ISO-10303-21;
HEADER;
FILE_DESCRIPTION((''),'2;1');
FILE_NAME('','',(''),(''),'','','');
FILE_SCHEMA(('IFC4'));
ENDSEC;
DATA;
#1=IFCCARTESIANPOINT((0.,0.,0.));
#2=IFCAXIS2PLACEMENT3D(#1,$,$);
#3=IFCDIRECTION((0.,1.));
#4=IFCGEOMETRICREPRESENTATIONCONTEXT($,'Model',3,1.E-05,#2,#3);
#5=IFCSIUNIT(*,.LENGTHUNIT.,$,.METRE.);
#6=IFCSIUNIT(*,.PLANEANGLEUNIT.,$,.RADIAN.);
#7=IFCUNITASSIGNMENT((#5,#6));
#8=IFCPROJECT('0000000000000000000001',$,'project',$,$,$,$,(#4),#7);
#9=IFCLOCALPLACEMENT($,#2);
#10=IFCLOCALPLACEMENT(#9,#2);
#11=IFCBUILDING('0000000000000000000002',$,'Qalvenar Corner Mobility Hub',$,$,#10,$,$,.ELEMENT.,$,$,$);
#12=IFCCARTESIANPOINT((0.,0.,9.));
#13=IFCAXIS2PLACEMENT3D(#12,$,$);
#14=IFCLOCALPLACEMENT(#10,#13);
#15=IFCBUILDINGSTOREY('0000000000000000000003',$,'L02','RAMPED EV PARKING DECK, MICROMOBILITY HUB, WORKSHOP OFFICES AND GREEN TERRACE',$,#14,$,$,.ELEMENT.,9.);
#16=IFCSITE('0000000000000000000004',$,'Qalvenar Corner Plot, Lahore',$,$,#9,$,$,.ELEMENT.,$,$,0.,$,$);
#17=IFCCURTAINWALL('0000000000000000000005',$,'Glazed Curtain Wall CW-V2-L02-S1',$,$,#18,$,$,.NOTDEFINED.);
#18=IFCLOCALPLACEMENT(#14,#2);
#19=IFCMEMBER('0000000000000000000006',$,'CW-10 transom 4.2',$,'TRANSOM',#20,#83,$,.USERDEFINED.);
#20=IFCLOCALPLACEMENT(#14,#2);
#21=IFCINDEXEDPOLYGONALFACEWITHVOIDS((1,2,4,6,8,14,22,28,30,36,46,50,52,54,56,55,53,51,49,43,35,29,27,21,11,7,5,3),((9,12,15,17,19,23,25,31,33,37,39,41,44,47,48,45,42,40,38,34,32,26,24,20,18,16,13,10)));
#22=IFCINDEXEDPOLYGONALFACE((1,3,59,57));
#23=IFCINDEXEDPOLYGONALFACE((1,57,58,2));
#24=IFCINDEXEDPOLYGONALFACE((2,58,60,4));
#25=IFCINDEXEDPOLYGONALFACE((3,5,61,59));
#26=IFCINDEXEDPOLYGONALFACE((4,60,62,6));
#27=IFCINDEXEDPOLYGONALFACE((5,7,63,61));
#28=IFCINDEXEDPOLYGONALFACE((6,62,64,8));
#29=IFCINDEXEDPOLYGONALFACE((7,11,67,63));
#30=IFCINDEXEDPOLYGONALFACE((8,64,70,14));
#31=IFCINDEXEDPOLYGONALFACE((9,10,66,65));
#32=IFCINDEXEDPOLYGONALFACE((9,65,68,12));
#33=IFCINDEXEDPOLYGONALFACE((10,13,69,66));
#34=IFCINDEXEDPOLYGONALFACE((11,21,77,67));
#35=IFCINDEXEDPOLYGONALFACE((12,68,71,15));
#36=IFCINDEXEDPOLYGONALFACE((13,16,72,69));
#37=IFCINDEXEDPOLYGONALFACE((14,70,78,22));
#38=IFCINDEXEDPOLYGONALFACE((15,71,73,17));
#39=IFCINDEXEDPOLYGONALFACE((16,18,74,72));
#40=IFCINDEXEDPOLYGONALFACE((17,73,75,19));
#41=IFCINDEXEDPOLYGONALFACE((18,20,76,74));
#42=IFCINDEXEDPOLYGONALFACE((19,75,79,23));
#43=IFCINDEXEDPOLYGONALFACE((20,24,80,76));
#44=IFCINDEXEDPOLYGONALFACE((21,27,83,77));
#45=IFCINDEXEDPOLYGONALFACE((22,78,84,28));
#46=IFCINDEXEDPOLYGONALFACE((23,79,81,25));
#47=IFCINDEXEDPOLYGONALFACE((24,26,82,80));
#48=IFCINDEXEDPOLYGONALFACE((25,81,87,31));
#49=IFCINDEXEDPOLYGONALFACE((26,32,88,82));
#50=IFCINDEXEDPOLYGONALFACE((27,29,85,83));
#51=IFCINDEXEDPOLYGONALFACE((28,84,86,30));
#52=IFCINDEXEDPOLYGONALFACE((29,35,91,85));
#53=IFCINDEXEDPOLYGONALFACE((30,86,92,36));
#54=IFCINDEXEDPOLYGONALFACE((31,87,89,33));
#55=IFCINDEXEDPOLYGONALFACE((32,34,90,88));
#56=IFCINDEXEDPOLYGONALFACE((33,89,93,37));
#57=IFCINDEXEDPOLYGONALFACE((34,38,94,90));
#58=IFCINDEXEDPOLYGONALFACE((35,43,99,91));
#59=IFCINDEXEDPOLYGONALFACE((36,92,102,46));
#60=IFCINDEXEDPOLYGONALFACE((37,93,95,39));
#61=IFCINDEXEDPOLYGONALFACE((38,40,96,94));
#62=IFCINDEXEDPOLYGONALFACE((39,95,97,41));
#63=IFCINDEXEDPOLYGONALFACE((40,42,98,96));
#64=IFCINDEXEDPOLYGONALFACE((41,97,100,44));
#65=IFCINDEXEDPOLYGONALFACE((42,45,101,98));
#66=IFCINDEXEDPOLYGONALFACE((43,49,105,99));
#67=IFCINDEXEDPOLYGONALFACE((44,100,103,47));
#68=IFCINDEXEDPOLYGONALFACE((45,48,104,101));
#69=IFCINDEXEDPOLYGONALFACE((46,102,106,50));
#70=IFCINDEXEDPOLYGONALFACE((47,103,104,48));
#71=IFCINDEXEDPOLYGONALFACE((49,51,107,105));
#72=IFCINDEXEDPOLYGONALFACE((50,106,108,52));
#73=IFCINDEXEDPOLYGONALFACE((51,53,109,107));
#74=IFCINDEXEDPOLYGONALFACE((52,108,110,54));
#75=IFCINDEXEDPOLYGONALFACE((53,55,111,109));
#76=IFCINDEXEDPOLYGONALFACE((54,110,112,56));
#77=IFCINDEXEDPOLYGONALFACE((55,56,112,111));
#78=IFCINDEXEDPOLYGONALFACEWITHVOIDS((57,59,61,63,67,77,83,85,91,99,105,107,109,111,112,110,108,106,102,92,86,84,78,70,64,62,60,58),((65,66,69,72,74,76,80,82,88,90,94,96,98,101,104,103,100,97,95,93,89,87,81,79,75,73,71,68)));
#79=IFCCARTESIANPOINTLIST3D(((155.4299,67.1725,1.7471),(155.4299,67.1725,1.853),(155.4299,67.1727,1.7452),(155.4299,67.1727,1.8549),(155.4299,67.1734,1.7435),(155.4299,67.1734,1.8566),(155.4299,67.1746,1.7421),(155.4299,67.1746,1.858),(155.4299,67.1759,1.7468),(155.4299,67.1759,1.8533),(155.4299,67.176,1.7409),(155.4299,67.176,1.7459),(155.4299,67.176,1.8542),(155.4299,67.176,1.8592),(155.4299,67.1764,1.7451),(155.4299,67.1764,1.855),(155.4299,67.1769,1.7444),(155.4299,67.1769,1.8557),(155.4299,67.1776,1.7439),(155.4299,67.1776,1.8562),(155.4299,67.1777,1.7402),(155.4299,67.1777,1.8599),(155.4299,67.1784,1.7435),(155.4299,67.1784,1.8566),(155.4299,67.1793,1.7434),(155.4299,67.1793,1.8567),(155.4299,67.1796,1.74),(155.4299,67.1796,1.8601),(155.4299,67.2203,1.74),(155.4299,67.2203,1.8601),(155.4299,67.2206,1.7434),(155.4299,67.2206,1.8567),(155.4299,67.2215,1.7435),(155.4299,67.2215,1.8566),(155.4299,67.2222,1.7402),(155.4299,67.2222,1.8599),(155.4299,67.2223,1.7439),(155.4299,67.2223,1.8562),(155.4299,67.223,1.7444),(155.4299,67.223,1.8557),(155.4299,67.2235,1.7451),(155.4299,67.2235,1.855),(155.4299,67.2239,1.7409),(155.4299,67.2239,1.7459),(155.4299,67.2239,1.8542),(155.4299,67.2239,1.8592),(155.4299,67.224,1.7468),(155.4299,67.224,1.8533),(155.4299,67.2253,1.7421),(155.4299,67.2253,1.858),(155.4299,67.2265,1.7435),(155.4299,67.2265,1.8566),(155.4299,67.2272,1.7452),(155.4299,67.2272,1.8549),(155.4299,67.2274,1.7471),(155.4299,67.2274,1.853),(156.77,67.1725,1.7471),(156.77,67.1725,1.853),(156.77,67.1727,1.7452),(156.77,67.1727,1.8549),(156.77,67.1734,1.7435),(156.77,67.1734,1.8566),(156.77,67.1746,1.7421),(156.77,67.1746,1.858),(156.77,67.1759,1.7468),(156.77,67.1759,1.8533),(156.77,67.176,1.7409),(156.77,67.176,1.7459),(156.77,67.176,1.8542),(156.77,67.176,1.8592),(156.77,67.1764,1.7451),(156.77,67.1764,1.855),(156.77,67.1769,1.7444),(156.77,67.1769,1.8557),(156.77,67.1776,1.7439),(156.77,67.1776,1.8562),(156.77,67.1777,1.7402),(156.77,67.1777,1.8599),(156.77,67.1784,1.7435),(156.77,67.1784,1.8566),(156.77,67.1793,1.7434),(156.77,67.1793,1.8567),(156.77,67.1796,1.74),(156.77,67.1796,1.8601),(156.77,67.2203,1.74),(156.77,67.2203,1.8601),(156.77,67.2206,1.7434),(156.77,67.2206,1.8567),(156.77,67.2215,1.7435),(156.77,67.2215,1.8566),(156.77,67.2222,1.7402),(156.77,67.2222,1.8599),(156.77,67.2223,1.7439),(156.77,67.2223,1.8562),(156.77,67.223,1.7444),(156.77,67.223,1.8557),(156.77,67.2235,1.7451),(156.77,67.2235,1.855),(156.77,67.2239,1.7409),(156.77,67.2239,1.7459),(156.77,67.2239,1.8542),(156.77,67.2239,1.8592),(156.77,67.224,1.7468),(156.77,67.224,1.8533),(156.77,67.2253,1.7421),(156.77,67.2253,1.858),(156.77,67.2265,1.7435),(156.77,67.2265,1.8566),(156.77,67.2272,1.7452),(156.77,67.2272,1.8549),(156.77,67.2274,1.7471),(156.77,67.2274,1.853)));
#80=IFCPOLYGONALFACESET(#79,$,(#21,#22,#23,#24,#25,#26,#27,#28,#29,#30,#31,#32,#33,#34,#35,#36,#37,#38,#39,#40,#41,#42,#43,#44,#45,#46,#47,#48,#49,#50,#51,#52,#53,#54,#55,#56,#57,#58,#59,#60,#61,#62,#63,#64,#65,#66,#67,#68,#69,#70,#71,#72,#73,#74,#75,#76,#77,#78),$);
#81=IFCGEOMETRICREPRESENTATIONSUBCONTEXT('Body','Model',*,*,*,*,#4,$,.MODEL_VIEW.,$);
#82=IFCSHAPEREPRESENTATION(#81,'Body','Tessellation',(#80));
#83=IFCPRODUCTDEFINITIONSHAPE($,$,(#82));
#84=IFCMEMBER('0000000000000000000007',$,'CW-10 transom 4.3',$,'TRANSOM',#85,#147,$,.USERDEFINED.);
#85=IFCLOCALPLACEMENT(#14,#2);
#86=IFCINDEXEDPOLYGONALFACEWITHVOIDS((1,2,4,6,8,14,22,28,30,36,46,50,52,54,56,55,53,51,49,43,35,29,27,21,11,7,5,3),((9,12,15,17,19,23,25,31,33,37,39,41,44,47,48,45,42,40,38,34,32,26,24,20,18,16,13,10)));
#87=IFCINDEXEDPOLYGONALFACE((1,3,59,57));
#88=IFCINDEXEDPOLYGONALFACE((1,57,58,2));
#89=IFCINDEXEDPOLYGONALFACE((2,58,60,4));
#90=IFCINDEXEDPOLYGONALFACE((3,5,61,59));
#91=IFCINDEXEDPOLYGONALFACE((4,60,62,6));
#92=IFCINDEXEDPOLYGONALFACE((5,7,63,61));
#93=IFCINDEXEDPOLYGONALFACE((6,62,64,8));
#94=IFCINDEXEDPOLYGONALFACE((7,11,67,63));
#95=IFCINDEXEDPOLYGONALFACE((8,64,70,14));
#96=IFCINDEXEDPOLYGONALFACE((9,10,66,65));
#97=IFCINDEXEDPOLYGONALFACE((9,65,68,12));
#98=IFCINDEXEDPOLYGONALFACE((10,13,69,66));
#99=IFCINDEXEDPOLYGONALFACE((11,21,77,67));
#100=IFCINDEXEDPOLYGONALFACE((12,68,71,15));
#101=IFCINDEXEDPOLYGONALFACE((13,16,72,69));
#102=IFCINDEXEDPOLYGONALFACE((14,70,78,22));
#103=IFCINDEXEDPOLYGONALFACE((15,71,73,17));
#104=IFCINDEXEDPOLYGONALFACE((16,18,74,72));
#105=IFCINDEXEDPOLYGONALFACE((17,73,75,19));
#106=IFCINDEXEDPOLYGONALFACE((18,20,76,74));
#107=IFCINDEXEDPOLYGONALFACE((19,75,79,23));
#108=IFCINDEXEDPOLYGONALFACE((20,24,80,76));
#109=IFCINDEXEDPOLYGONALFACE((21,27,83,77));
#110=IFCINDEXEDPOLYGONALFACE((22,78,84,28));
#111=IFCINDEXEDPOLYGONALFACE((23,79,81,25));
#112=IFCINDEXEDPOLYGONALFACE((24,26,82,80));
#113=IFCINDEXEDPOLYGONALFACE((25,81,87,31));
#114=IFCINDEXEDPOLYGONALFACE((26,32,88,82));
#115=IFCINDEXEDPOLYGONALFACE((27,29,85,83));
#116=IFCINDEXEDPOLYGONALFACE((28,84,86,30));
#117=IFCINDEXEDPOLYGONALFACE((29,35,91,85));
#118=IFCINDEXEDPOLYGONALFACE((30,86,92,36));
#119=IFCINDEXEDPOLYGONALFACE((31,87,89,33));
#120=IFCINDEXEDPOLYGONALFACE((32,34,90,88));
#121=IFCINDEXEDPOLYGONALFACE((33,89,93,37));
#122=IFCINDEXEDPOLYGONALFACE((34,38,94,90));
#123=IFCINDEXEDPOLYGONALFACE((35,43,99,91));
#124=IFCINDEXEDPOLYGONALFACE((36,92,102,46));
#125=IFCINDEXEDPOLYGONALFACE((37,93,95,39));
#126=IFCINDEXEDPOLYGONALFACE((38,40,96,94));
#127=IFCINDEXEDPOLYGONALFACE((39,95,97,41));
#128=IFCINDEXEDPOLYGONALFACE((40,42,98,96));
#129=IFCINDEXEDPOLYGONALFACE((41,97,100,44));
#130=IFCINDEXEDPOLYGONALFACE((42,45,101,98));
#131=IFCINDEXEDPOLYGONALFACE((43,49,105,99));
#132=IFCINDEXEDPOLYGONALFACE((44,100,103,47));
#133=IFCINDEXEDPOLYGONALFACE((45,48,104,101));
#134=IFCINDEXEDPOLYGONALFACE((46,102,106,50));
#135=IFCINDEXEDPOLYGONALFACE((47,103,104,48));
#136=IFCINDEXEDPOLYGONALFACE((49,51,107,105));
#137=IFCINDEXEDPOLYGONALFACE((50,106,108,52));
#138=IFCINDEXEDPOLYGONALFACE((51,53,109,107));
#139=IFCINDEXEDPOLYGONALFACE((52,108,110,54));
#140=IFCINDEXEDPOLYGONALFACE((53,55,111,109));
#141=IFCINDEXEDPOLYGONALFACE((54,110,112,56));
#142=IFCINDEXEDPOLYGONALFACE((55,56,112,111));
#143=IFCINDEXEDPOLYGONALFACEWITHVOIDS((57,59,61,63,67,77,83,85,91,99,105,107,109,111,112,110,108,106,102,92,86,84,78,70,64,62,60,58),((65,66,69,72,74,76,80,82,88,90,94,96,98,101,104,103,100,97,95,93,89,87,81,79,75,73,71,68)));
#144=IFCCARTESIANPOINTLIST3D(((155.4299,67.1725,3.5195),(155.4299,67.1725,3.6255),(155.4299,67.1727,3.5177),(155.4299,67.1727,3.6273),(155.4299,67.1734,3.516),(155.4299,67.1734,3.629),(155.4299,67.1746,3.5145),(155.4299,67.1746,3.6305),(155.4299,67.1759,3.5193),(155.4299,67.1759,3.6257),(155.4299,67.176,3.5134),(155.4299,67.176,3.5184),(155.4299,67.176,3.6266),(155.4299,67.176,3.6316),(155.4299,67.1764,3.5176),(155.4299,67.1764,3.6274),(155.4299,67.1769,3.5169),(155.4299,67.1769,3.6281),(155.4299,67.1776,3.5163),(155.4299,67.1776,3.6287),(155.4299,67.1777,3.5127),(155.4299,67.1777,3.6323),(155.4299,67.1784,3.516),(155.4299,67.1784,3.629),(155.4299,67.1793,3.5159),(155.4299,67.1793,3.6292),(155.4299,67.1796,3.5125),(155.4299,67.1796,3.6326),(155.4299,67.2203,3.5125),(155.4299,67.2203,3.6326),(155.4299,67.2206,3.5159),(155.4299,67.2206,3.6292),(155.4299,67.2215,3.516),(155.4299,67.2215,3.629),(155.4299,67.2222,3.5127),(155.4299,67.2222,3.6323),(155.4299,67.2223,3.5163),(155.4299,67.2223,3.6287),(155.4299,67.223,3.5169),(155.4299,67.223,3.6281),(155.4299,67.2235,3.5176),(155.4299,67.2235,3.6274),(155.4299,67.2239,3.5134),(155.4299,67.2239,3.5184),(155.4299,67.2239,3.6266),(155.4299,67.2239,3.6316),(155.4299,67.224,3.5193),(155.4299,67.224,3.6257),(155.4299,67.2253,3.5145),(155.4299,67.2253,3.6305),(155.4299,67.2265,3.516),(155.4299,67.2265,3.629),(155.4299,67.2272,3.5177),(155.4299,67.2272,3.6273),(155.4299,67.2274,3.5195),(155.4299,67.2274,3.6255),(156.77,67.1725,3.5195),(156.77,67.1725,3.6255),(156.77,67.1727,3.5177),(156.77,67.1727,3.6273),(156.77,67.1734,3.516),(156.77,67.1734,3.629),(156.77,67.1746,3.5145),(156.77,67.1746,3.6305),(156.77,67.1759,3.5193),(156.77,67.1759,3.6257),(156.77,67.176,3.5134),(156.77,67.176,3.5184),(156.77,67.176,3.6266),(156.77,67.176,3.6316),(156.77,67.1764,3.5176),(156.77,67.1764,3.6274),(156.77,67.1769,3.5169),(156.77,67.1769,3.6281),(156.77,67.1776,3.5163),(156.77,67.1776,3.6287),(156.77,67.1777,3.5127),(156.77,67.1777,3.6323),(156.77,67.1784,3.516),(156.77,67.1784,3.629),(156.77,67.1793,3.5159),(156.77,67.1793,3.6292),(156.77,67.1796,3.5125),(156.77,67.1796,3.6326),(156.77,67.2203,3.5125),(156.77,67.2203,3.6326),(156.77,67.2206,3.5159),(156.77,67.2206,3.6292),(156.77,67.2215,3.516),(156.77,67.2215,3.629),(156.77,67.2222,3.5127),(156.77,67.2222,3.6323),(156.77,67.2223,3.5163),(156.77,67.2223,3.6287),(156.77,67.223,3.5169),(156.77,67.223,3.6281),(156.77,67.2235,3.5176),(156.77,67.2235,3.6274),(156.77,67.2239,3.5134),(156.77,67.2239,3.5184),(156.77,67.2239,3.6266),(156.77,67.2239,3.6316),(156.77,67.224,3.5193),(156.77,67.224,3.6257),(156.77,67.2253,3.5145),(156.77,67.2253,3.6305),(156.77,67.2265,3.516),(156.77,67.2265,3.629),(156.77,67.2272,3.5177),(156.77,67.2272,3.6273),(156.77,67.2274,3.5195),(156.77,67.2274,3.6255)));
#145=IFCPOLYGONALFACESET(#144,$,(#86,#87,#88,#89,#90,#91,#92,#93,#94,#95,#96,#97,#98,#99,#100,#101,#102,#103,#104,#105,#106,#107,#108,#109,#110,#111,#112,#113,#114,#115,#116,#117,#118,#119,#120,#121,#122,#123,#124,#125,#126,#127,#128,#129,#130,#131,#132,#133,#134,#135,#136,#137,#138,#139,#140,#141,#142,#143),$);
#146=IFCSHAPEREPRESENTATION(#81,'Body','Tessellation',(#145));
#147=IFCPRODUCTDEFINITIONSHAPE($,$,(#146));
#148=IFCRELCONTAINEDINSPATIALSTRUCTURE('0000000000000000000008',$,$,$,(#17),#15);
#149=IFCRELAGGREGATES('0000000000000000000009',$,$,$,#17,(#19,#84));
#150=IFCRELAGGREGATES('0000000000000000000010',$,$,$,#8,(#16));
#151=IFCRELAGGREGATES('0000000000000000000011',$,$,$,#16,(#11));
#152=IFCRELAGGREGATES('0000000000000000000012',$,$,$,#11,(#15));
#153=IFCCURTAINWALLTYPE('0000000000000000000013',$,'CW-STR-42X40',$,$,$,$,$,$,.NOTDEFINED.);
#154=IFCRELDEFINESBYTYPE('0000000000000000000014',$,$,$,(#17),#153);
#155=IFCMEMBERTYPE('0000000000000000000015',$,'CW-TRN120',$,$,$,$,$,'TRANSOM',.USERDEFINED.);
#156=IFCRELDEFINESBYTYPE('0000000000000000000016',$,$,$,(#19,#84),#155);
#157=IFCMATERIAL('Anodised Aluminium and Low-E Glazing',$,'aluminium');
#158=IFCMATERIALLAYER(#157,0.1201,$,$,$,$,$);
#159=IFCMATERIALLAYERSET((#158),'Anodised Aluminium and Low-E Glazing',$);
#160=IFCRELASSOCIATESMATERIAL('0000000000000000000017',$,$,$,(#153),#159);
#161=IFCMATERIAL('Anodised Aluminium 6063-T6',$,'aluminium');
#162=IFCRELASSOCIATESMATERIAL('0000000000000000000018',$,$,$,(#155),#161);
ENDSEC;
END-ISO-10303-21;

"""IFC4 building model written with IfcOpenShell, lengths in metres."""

from ifc_helpers import new_model, si_unit, direction, frame, origin, origin_2d, place, context, subcontext, project, spatial, hollow_rectangle, extrude, material, layer, layer_set, material_profile, profile_set, type_object, element, aggregate, save


model = new_model("IFC4")

# Units and contexts
model_context = context("Model", 3, precision=1e-05, world=origin(), true_north=direction((0.0, 1.0)))
body_context = subcontext(model_context, "Body", "Model", "MODEL_VIEW")
ifc_project = project(units=[si_unit("LENGTHUNIT", "METRE"), si_unit("PLANEANGLEUNIT", "RADIAN")], contexts=[model_context])

# Site, building, storey
site_placement = place(None, origin())
site = spatial("IfcSite", under=ifc_project, at=site_placement, Name="Qalvenar Corner Plot, Lahore", CompositionType="ELEMENT", RefElevation=0.0)
building_placement = place(site_placement, origin())
building = spatial("IfcBuilding", under=site, at=building_placement, Name="Qalvenar Corner Mobility Hub", CompositionType="ELEMENT")
storey_placement = place(building_placement, frame((0.0, 0.0, 9.0)))
storey = spatial("IfcBuildingStorey", under=building, at=storey_placement, Name="L02", Description="RAMPED EV PARKING DECK, MICROMOBILITY HUB, WORKSHOP OFFICES AND GREEN TERRACE", CompositionType="ELEMENT", Elevation=9.0)

# Curtain wall, members
ifc_material_1 = material(Name="Anodised Aluminium and Low-E Glazing", Category="aluminium")
ifc_layer_1 = layer(ifc_material_1, 0.1201)
ifc_layer_set_1 = layer_set([ifc_layer_1], Name="Anodised Aluminium and Low-E Glazing")
curtain_wall_type = type_object("IfcCurtainWallType", Name="CW-STR-42X40", PredefinedType="NOTDEFINED", material=ifc_layer_set_1)
curtain_wall_placement = place(storey_placement, origin())
curtain_wall = element("IfcCurtainWall", 1, at=curtain_wall_placement, inside=storey, type_object=curtain_wall_type, Name="Glazed Curtain Wall CW-V2-L02-S1", PredefinedType="NOTDEFINED")
ifc_material_2 = material(Name="Anodised Aluminium 6063-T6", Category="aluminium")
ifc_material_profile_1 = material_profile(ifc_material_2, hollow_rectangle(XDim=0.0549, YDim=0.1201, WallThickness=0.0034, InnerFilletRadius=0.0034, OuterFilletRadius=0.0071, at=origin_2d()), Name="RHS120x55x3.5")
ifc_profile_set_1 = profile_set([ifc_material_profile_1], Name="Anodised Aluminium 6063-T6")
member_type_1 = type_object("IfcMemberType", Name="CW-TRN120", ElementType="TRANSOM", PredefinedType="USERDEFINED", material=ifc_profile_set_1)
member_1_placement = place(storey_placement, frame((155.4299, 67.2, 1.8), z_axis=(1.0, 0.0, 0.0), x_axis=(0.0, 1.0, 0.0)))
member_1 = element("IfcMember", 2, at=member_1_placement, type_object=member_type_1, Name="CW-10 transom 4.2", ObjectType="TRANSOM", PredefinedType="USERDEFINED", context=body_context, shape_type="SweptSolid", body=[
    extrude(hollow_rectangle(XDim=0.0549, YDim=0.1201, WallThickness=0.0034, InnerFilletRadius=0.0034, OuterFilletRadius=0.0071, at=origin_2d()), origin(), (0.0, 0.0, 1.0), 1.3401),
])
member_2_placement = place(storey_placement, frame((155.4299, 67.2, 3.5725), z_axis=(1.0, 0.0, 0.0), x_axis=(0.0, 1.0, 0.0)))
member_2 = element("IfcMember", 3, at=member_2_placement, type_object=member_type_1, Name="CW-10 transom 4.3", ObjectType="TRANSOM", PredefinedType="USERDEFINED", context=body_context, shape_type="SweptSolid", body=[
    extrude(hollow_rectangle(XDim=0.0549, YDim=0.1201, WallThickness=0.0034, InnerFilletRadius=0.0034, OuterFilletRadius=0.0071, at=origin_2d()), origin(), (0.0, 0.0, 1.0), 1.3401),
])
aggregate(curtain_wall, [member_1, member_2])

save(model, "model.ifc")
